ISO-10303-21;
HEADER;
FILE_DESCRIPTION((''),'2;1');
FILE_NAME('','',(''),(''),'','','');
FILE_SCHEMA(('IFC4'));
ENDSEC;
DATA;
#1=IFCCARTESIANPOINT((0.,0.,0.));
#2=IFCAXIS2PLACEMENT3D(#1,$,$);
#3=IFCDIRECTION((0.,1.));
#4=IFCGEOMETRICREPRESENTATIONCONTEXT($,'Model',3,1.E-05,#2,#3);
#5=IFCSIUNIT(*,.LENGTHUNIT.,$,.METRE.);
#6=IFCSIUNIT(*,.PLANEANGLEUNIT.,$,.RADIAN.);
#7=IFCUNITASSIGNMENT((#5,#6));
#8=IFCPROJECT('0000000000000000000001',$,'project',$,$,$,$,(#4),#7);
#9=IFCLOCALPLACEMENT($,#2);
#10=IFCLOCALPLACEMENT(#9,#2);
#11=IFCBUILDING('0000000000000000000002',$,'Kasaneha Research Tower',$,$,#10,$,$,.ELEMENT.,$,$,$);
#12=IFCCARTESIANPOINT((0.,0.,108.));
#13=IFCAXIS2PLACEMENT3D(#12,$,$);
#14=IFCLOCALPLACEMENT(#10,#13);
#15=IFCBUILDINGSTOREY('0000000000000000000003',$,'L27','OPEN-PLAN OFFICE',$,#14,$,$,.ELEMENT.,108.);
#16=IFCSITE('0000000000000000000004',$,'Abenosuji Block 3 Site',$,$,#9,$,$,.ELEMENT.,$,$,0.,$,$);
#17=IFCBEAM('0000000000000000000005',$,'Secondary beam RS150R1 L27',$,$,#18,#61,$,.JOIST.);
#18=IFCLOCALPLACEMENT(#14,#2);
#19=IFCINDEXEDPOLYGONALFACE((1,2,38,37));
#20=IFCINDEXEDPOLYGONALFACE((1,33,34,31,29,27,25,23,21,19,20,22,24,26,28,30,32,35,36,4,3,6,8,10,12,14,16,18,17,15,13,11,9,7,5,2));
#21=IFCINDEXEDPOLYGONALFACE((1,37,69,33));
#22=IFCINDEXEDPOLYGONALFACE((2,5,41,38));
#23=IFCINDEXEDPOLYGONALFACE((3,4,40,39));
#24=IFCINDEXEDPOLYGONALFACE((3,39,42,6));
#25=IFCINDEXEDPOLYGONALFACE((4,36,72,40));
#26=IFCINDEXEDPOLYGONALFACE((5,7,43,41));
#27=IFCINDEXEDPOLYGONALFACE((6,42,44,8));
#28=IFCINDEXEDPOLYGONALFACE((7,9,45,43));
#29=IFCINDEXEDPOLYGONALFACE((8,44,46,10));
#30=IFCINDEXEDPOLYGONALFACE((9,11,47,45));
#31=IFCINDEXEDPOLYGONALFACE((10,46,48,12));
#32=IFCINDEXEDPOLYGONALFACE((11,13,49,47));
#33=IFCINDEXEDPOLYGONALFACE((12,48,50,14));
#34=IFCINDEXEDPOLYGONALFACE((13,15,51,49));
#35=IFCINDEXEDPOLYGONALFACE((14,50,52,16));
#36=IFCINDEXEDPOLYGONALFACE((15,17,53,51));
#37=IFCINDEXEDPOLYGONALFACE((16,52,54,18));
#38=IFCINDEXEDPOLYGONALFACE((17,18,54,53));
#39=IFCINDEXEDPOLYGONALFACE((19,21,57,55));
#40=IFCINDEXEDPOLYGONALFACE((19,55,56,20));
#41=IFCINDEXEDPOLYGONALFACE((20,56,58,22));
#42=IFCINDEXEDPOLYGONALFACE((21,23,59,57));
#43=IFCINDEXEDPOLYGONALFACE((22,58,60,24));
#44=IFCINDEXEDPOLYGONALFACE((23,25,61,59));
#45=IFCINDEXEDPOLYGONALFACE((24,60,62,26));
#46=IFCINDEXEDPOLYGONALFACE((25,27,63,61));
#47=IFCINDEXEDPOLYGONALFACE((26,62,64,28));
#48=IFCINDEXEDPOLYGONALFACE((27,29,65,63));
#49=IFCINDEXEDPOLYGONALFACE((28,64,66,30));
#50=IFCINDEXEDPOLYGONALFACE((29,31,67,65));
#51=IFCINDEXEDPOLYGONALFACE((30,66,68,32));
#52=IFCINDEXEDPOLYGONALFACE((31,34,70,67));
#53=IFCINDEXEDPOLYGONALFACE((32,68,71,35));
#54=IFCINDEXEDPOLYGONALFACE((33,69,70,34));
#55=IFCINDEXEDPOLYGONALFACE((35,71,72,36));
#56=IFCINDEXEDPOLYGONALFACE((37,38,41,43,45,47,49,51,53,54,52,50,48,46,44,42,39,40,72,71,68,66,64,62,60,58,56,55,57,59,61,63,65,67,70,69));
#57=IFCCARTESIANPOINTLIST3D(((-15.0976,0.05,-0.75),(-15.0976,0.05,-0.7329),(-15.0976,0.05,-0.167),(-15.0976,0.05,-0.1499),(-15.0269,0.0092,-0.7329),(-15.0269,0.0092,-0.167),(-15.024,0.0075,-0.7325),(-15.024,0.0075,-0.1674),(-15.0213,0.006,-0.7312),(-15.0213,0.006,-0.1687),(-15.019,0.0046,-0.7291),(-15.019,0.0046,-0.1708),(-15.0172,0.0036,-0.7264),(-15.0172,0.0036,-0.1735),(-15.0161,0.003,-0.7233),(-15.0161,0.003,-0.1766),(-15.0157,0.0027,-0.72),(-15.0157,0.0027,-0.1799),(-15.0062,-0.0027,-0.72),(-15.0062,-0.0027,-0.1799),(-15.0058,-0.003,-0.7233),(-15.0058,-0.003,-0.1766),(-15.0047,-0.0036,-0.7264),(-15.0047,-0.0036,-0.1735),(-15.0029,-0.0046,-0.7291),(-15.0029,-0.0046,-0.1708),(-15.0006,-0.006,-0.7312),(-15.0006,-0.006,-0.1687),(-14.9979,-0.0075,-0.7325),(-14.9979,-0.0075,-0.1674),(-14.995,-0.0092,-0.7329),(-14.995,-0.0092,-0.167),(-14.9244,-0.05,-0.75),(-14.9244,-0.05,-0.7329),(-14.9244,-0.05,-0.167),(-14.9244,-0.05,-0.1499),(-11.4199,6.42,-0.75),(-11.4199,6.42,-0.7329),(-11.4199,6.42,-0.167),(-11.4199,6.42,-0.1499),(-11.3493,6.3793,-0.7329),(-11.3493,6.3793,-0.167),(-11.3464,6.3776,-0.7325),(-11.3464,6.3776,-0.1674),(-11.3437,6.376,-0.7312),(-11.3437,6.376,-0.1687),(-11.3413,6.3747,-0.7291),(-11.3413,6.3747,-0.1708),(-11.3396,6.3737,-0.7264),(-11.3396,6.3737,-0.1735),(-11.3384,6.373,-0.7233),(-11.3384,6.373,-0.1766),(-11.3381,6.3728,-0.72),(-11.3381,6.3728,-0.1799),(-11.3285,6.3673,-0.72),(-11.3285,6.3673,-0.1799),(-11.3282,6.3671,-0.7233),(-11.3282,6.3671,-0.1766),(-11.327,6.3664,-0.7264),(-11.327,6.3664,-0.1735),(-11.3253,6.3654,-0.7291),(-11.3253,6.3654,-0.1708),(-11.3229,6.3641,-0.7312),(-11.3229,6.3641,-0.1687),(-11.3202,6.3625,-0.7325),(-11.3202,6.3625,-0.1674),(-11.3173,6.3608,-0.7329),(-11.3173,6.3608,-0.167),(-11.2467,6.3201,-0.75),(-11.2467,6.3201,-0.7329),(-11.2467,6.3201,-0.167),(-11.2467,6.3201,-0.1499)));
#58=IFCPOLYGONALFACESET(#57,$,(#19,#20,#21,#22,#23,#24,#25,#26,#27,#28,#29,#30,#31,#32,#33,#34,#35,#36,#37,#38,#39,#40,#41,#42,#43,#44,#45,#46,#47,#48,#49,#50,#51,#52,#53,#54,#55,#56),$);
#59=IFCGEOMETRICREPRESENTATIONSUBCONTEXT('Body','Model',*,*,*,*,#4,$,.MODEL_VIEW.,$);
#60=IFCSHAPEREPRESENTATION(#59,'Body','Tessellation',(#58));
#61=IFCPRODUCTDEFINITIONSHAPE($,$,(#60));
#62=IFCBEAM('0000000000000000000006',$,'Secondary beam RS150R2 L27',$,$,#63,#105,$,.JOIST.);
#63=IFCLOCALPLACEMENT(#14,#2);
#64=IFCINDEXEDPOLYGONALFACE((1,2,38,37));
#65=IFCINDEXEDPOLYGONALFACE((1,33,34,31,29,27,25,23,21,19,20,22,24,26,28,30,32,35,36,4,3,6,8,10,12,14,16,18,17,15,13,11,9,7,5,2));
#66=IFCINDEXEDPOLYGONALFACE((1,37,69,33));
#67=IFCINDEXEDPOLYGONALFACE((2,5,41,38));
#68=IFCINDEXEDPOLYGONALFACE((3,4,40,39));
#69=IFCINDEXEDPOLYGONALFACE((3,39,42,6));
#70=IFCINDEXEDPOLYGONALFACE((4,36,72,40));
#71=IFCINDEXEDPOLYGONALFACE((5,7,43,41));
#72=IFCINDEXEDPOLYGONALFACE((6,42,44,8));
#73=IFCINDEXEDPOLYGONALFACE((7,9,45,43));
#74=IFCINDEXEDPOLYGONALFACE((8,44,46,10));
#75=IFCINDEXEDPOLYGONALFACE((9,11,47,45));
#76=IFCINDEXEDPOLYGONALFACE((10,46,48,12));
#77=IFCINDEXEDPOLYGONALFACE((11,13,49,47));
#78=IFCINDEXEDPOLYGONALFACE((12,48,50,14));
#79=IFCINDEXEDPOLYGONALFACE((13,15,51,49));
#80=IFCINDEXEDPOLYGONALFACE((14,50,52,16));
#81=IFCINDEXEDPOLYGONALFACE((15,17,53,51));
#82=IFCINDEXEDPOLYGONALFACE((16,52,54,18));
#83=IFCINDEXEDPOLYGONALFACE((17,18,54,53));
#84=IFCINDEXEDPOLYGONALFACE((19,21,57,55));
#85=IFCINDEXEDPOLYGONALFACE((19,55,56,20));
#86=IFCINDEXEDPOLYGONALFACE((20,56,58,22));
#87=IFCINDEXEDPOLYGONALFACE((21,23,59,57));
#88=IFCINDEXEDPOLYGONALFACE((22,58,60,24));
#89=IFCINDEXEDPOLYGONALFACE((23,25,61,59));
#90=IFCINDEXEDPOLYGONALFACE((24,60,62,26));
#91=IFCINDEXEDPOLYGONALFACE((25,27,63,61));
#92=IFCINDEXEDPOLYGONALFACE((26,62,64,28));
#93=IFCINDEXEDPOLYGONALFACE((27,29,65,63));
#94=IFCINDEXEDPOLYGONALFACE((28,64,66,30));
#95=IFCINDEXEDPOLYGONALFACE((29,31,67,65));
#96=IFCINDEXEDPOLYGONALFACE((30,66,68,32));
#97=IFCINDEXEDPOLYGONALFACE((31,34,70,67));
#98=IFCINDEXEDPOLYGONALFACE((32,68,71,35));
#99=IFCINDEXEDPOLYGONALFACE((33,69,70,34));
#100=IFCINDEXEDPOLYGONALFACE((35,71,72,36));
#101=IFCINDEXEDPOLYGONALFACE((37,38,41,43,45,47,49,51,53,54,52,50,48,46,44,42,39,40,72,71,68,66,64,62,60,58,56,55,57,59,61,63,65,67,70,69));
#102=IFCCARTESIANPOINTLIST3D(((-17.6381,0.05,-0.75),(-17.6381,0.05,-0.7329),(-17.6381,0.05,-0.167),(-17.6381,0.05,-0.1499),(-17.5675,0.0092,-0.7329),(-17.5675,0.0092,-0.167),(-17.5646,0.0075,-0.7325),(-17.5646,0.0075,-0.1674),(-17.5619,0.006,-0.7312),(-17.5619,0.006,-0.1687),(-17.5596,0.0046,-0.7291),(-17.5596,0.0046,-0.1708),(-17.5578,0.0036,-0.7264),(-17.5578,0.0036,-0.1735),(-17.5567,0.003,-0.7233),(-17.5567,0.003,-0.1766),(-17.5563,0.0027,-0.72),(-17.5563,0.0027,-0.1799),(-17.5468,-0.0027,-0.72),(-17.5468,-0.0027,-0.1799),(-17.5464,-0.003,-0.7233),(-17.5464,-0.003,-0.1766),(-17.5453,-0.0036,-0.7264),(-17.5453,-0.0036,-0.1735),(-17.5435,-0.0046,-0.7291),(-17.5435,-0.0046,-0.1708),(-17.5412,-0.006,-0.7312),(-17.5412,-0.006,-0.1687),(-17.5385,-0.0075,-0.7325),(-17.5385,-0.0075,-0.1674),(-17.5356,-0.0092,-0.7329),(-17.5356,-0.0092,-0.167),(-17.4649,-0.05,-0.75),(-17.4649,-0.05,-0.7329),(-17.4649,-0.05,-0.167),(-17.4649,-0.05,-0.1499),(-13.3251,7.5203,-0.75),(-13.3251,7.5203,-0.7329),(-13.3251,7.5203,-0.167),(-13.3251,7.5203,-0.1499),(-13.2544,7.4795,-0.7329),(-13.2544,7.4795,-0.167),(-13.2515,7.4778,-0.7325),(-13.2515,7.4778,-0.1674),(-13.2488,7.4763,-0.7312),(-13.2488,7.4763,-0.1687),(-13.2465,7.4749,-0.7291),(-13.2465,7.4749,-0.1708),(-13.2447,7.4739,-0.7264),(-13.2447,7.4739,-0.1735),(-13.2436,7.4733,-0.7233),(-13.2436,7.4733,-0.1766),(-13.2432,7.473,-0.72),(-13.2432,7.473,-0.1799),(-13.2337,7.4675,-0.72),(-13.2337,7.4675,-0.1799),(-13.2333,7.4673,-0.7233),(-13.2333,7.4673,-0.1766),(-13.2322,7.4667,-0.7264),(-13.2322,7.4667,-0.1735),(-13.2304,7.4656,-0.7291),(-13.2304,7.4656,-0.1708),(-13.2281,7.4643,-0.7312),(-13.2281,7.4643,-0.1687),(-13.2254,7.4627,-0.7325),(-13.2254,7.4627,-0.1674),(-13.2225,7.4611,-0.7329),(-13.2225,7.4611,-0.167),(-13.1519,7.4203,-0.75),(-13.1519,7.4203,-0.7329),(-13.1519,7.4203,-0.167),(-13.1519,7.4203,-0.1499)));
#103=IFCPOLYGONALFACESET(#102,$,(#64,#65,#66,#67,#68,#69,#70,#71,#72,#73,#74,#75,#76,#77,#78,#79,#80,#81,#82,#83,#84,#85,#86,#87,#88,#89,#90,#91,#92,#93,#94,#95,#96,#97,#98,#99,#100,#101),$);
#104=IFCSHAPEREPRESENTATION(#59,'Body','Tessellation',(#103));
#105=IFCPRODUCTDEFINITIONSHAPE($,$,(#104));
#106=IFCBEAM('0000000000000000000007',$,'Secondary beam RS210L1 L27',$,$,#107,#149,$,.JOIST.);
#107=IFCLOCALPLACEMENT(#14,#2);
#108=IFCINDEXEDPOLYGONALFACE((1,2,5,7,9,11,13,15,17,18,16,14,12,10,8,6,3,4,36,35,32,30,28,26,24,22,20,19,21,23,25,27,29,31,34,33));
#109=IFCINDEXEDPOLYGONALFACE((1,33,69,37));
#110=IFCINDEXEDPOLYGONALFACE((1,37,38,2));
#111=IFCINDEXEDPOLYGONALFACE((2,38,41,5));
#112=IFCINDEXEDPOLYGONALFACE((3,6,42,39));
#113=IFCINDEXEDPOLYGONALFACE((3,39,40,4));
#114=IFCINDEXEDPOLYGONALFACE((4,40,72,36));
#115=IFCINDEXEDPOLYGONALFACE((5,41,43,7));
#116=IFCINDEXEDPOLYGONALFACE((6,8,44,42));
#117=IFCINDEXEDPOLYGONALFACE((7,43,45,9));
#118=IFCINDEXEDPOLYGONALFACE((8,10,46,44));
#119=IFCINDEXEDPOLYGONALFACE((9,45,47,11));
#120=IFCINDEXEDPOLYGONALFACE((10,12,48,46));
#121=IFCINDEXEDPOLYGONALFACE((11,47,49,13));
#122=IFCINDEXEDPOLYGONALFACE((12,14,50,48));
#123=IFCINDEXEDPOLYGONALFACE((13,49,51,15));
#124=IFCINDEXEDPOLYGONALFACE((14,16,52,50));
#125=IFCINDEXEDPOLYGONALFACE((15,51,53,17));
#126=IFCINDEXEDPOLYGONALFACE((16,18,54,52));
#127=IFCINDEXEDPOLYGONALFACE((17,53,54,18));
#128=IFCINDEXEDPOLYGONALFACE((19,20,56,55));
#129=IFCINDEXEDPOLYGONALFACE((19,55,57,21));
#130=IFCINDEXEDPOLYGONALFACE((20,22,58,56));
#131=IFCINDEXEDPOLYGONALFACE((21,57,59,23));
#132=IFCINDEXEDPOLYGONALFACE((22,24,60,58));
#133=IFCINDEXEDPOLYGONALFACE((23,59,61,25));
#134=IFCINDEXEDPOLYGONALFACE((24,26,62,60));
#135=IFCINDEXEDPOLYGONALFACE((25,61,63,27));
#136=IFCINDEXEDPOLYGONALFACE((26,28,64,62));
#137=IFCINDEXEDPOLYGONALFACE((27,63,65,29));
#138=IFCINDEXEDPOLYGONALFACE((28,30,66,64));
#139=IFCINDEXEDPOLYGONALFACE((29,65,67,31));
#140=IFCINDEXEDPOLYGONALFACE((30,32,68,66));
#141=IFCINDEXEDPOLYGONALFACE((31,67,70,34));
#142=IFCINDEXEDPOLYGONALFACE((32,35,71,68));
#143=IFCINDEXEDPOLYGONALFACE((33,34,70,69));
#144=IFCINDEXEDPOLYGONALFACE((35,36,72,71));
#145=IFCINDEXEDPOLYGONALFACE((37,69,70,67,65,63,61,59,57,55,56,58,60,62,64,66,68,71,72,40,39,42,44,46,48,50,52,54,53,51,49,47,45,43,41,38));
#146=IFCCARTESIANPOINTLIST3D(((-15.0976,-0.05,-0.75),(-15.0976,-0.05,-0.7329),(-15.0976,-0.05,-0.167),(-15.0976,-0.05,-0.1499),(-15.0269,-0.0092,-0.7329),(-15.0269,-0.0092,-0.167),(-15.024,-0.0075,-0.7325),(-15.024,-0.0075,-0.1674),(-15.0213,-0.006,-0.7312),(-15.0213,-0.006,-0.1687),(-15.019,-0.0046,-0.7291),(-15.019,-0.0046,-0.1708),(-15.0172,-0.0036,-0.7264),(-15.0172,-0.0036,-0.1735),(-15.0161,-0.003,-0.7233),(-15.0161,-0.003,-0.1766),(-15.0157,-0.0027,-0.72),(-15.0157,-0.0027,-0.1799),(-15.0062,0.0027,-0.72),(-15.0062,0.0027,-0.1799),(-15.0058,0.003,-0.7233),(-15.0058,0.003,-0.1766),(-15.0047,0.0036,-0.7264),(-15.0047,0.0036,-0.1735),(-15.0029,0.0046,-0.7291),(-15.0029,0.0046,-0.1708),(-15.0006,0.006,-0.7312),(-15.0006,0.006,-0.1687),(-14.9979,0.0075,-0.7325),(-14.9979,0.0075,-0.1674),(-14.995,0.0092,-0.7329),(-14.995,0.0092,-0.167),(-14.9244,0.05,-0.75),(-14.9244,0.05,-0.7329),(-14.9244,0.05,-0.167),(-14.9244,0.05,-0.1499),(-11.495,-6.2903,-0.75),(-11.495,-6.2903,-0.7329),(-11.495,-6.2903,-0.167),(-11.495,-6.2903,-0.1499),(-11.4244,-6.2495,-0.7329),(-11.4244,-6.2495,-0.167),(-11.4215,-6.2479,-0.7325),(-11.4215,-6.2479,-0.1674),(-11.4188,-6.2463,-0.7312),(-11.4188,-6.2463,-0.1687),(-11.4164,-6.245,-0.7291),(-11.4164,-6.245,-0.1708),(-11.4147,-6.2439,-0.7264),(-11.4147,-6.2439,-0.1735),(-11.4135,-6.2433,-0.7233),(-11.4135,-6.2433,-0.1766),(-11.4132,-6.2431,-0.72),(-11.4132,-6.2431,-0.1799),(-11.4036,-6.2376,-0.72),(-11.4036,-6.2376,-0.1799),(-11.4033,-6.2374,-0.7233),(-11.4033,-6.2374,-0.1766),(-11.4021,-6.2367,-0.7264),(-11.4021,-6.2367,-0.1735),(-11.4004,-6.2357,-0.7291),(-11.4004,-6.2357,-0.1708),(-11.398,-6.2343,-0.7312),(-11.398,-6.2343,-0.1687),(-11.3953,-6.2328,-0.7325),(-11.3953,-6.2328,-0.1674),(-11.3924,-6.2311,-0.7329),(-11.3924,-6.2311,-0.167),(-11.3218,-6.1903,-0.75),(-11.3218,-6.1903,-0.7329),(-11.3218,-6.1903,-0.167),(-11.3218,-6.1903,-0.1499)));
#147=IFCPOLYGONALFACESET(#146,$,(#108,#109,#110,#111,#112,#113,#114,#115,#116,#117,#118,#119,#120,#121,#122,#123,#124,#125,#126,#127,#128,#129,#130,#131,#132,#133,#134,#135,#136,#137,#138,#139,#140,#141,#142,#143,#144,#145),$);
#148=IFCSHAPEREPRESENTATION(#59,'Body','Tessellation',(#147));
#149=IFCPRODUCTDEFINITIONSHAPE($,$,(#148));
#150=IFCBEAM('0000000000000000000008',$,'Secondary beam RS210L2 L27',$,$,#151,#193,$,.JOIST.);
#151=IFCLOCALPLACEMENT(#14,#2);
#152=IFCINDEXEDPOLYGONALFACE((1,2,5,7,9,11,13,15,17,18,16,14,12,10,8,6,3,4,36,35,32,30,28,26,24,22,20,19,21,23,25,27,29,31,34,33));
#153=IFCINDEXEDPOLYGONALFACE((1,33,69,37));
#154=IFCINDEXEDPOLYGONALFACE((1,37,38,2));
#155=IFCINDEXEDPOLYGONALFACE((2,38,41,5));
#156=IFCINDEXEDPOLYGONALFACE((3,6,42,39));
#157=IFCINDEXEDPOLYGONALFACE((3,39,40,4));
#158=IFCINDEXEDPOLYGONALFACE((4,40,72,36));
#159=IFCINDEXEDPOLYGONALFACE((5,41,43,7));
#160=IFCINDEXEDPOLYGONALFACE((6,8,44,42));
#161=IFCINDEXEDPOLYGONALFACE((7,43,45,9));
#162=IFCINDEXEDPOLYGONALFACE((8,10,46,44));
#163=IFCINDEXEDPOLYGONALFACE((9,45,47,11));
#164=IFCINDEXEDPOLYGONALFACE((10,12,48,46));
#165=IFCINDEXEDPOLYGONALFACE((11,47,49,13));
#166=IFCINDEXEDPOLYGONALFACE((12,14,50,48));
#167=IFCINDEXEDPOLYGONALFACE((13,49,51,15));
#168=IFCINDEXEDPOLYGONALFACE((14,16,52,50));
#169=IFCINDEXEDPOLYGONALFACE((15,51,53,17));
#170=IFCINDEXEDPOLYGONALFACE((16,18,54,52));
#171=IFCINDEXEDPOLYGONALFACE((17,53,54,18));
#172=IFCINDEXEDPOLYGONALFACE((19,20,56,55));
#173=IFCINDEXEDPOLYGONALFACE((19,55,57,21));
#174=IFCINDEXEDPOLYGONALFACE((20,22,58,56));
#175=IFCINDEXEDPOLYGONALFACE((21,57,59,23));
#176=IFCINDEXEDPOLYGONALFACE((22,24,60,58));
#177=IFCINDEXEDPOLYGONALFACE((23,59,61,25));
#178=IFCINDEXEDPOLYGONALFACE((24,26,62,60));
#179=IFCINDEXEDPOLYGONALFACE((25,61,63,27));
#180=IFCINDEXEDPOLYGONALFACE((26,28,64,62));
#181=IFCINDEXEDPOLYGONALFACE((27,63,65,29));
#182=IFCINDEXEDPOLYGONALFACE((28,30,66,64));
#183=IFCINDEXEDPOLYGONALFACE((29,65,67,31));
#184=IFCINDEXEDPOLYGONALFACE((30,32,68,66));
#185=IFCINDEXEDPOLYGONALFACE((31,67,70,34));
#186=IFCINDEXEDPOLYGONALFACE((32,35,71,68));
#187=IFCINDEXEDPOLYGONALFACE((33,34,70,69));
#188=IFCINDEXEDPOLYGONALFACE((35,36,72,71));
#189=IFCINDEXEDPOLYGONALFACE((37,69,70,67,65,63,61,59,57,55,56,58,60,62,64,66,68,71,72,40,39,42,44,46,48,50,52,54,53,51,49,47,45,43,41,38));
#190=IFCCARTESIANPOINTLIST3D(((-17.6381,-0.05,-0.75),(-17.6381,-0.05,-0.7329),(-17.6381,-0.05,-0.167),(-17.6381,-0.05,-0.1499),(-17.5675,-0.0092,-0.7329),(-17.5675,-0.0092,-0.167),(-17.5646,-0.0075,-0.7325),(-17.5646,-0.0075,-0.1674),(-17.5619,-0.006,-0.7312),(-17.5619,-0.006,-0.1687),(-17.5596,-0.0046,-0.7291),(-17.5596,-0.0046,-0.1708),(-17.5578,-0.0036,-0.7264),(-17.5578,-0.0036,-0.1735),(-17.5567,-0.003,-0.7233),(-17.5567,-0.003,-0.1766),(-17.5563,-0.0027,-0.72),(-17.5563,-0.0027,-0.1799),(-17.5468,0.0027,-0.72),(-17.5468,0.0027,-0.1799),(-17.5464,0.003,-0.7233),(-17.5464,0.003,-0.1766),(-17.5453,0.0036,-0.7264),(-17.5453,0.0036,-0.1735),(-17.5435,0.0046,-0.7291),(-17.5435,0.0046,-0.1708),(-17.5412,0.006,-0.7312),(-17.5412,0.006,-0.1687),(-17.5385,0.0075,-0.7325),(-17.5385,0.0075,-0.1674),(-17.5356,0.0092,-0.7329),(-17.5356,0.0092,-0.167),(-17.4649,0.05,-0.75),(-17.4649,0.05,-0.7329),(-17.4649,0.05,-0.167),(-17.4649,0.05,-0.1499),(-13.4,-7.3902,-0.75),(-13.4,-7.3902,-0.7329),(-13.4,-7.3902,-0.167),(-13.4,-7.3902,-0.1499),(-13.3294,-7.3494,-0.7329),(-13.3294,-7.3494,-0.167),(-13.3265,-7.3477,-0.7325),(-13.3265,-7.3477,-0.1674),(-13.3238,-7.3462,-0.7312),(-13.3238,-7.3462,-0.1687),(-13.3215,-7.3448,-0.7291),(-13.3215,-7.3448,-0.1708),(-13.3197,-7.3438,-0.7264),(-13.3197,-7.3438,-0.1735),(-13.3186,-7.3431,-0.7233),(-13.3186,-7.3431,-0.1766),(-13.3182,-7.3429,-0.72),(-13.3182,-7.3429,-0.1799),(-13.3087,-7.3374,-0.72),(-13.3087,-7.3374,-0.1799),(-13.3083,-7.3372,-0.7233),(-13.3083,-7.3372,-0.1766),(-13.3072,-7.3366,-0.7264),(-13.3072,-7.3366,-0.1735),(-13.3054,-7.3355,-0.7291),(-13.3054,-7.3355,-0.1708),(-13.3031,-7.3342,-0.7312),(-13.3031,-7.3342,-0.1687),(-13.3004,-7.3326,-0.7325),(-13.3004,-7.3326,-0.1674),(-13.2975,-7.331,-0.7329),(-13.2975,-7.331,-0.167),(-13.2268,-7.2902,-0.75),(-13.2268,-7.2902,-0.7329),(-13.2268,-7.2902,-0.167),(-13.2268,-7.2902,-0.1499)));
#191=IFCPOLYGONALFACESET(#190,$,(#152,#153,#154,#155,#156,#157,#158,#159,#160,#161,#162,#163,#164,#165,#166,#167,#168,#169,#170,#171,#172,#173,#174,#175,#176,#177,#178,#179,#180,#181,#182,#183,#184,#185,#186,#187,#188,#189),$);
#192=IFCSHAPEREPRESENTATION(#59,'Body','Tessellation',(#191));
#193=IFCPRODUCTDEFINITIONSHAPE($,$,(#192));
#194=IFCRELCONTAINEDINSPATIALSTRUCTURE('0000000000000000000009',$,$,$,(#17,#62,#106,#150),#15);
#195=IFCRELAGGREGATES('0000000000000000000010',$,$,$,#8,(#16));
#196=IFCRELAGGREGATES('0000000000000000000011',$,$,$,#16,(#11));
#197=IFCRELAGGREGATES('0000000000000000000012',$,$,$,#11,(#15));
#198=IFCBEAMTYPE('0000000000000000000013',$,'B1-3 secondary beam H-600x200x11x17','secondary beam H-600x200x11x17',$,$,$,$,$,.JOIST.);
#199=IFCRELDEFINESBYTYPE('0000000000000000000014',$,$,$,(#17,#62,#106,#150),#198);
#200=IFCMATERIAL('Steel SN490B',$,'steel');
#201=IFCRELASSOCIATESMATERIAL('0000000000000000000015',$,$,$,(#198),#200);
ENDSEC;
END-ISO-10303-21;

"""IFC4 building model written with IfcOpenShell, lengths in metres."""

from ifc_helpers import new_model, si_unit, direction, frame, origin, origin_2d, place, context, subcontext, project, spatial, i_section, extrude, material, material_profile, profile_set, type_object, element, save


model = new_model("IFC4")

# Units and contexts
model_context = context("Model", 3, precision=1e-05, world=origin(), true_north=direction((0.0, 1.0)))
body_context = subcontext(model_context, "Body", "Model", "MODEL_VIEW")
ifc_project = project(units=[si_unit("LENGTHUNIT", "METRE"), si_unit("PLANEANGLEUNIT", "RADIAN")], contexts=[model_context])

# Site, building, storey
site_placement = place(None, origin())
site = spatial("IfcSite", under=ifc_project, at=site_placement, Name="Abenosuji Block 3 Site", CompositionType="ELEMENT", RefElevation=0.0)
building_placement = place(site_placement, origin())
building = spatial("IfcBuilding", under=site, at=building_placement, Name="Kasaneha Research Tower", CompositionType="ELEMENT")
storey_placement = place(building_placement, frame((0.0, 0.0, 108.0)))
storey = spatial("IfcBuildingStorey", under=building, at=storey_placement, Name="L27", Description="OPEN-PLAN OFFICE", CompositionType="ELEMENT", Elevation=108.0)

# Beams
ifc_material_1 = material(Name="Steel SN490B", Category="steel")
ifc_material_profile_1 = material_profile(ifc_material_1, i_section(OverallWidth=0.2, OverallDepth=0.6001, WebThickness=0.011, FlangeThickness=0.0171, FilletRadius=0.0129, at=origin_2d()), Name="H-600x200x11x17")
ifc_profile_set_1 = profile_set([ifc_material_profile_1], Name="Steel SN490B")
beam_type_1 = type_object("IfcBeamType", Name="B1-3 secondary beam H-600x200x11x17", Description="secondary beam H-600x200x11x17", PredefinedType="JOIST", material=ifc_profile_set_1)
beam_1_placement = place(storey_placement, frame((-15.011, 0.0, -0.45), z_axis=(0.499994, 0.866029, 0.0), x_axis=(-0.866029, 0.499994, 0.0)))
element("IfcBeam", 1, at=beam_1_placement, inside=storey, type_object=beam_type_1, Name="Secondary beam RS150R1 L27", PredefinedType="JOIST", context=body_context, shape_type="SweptSolid", body=[
    extrude(i_section(OverallWidth=0.2, OverallDepth=0.6001, WebThickness=0.011, FlangeThickness=0.0171, FilletRadius=0.0129, at=origin_2d()), origin(), (0.0, 0.0, 1.0), 7.3555),
])
beam_2_placement = place(storey_placement, frame((-17.5515, 0.0, -0.45), z_axis=(0.500005, 0.866023, 0.0), x_axis=(-0.866023, 0.500005, 0.0)))
element("IfcBeam", 2, at=beam_2_placement, inside=storey, type_object=beam_type_1, Name="Secondary beam RS150R2 L27", PredefinedType="JOIST", context=body_context, shape_type="SweptSolid", body=[
    extrude(i_section(OverallWidth=0.2, OverallDepth=0.6001, WebThickness=0.011, FlangeThickness=0.0171, FilletRadius=0.0129, at=origin_2d()), origin(), (0.0, 0.0, 1.0), 8.626),
])
beam_3_placement = place(storey_placement, frame((-15.011, 0.0, -0.45), z_axis=(0.499973, -0.866041, 0.0), x_axis=(0.866041, 0.499973, 0.0)))
element("IfcBeam", 3, at=beam_3_placement, inside=storey, type_object=beam_type_1, Name="Secondary beam RS210L1 L27", PredefinedType="JOIST", context=body_context, shape_type="SweptSolid", body=[
    extrude(i_section(OverallWidth=0.2, OverallDepth=0.6001, WebThickness=0.011, FlangeThickness=0.0171, FilletRadius=0.0129, at=origin_2d()), origin(), (0.0, 0.0, 1.0), 7.2056),
])
beam_4_placement = place(storey_placement, frame((-17.5515, 0.0, -0.45), z_axis=(0.500021, -0.866013, 0.0), x_axis=(0.866013, 0.500021, 0.0)))
element("IfcBeam", 4, at=beam_4_placement, inside=storey, type_object=beam_type_1, Name="Secondary beam RS210L2 L27", PredefinedType="JOIST", context=body_context, shape_type="SweptSolid", body=[
    extrude(i_section(OverallWidth=0.2, OverallDepth=0.6001, WebThickness=0.011, FlangeThickness=0.0171, FilletRadius=0.0129, at=origin_2d()), origin(), (0.0, 0.0, 1.0), 8.4758),
])

save(model, "model.ifc")
